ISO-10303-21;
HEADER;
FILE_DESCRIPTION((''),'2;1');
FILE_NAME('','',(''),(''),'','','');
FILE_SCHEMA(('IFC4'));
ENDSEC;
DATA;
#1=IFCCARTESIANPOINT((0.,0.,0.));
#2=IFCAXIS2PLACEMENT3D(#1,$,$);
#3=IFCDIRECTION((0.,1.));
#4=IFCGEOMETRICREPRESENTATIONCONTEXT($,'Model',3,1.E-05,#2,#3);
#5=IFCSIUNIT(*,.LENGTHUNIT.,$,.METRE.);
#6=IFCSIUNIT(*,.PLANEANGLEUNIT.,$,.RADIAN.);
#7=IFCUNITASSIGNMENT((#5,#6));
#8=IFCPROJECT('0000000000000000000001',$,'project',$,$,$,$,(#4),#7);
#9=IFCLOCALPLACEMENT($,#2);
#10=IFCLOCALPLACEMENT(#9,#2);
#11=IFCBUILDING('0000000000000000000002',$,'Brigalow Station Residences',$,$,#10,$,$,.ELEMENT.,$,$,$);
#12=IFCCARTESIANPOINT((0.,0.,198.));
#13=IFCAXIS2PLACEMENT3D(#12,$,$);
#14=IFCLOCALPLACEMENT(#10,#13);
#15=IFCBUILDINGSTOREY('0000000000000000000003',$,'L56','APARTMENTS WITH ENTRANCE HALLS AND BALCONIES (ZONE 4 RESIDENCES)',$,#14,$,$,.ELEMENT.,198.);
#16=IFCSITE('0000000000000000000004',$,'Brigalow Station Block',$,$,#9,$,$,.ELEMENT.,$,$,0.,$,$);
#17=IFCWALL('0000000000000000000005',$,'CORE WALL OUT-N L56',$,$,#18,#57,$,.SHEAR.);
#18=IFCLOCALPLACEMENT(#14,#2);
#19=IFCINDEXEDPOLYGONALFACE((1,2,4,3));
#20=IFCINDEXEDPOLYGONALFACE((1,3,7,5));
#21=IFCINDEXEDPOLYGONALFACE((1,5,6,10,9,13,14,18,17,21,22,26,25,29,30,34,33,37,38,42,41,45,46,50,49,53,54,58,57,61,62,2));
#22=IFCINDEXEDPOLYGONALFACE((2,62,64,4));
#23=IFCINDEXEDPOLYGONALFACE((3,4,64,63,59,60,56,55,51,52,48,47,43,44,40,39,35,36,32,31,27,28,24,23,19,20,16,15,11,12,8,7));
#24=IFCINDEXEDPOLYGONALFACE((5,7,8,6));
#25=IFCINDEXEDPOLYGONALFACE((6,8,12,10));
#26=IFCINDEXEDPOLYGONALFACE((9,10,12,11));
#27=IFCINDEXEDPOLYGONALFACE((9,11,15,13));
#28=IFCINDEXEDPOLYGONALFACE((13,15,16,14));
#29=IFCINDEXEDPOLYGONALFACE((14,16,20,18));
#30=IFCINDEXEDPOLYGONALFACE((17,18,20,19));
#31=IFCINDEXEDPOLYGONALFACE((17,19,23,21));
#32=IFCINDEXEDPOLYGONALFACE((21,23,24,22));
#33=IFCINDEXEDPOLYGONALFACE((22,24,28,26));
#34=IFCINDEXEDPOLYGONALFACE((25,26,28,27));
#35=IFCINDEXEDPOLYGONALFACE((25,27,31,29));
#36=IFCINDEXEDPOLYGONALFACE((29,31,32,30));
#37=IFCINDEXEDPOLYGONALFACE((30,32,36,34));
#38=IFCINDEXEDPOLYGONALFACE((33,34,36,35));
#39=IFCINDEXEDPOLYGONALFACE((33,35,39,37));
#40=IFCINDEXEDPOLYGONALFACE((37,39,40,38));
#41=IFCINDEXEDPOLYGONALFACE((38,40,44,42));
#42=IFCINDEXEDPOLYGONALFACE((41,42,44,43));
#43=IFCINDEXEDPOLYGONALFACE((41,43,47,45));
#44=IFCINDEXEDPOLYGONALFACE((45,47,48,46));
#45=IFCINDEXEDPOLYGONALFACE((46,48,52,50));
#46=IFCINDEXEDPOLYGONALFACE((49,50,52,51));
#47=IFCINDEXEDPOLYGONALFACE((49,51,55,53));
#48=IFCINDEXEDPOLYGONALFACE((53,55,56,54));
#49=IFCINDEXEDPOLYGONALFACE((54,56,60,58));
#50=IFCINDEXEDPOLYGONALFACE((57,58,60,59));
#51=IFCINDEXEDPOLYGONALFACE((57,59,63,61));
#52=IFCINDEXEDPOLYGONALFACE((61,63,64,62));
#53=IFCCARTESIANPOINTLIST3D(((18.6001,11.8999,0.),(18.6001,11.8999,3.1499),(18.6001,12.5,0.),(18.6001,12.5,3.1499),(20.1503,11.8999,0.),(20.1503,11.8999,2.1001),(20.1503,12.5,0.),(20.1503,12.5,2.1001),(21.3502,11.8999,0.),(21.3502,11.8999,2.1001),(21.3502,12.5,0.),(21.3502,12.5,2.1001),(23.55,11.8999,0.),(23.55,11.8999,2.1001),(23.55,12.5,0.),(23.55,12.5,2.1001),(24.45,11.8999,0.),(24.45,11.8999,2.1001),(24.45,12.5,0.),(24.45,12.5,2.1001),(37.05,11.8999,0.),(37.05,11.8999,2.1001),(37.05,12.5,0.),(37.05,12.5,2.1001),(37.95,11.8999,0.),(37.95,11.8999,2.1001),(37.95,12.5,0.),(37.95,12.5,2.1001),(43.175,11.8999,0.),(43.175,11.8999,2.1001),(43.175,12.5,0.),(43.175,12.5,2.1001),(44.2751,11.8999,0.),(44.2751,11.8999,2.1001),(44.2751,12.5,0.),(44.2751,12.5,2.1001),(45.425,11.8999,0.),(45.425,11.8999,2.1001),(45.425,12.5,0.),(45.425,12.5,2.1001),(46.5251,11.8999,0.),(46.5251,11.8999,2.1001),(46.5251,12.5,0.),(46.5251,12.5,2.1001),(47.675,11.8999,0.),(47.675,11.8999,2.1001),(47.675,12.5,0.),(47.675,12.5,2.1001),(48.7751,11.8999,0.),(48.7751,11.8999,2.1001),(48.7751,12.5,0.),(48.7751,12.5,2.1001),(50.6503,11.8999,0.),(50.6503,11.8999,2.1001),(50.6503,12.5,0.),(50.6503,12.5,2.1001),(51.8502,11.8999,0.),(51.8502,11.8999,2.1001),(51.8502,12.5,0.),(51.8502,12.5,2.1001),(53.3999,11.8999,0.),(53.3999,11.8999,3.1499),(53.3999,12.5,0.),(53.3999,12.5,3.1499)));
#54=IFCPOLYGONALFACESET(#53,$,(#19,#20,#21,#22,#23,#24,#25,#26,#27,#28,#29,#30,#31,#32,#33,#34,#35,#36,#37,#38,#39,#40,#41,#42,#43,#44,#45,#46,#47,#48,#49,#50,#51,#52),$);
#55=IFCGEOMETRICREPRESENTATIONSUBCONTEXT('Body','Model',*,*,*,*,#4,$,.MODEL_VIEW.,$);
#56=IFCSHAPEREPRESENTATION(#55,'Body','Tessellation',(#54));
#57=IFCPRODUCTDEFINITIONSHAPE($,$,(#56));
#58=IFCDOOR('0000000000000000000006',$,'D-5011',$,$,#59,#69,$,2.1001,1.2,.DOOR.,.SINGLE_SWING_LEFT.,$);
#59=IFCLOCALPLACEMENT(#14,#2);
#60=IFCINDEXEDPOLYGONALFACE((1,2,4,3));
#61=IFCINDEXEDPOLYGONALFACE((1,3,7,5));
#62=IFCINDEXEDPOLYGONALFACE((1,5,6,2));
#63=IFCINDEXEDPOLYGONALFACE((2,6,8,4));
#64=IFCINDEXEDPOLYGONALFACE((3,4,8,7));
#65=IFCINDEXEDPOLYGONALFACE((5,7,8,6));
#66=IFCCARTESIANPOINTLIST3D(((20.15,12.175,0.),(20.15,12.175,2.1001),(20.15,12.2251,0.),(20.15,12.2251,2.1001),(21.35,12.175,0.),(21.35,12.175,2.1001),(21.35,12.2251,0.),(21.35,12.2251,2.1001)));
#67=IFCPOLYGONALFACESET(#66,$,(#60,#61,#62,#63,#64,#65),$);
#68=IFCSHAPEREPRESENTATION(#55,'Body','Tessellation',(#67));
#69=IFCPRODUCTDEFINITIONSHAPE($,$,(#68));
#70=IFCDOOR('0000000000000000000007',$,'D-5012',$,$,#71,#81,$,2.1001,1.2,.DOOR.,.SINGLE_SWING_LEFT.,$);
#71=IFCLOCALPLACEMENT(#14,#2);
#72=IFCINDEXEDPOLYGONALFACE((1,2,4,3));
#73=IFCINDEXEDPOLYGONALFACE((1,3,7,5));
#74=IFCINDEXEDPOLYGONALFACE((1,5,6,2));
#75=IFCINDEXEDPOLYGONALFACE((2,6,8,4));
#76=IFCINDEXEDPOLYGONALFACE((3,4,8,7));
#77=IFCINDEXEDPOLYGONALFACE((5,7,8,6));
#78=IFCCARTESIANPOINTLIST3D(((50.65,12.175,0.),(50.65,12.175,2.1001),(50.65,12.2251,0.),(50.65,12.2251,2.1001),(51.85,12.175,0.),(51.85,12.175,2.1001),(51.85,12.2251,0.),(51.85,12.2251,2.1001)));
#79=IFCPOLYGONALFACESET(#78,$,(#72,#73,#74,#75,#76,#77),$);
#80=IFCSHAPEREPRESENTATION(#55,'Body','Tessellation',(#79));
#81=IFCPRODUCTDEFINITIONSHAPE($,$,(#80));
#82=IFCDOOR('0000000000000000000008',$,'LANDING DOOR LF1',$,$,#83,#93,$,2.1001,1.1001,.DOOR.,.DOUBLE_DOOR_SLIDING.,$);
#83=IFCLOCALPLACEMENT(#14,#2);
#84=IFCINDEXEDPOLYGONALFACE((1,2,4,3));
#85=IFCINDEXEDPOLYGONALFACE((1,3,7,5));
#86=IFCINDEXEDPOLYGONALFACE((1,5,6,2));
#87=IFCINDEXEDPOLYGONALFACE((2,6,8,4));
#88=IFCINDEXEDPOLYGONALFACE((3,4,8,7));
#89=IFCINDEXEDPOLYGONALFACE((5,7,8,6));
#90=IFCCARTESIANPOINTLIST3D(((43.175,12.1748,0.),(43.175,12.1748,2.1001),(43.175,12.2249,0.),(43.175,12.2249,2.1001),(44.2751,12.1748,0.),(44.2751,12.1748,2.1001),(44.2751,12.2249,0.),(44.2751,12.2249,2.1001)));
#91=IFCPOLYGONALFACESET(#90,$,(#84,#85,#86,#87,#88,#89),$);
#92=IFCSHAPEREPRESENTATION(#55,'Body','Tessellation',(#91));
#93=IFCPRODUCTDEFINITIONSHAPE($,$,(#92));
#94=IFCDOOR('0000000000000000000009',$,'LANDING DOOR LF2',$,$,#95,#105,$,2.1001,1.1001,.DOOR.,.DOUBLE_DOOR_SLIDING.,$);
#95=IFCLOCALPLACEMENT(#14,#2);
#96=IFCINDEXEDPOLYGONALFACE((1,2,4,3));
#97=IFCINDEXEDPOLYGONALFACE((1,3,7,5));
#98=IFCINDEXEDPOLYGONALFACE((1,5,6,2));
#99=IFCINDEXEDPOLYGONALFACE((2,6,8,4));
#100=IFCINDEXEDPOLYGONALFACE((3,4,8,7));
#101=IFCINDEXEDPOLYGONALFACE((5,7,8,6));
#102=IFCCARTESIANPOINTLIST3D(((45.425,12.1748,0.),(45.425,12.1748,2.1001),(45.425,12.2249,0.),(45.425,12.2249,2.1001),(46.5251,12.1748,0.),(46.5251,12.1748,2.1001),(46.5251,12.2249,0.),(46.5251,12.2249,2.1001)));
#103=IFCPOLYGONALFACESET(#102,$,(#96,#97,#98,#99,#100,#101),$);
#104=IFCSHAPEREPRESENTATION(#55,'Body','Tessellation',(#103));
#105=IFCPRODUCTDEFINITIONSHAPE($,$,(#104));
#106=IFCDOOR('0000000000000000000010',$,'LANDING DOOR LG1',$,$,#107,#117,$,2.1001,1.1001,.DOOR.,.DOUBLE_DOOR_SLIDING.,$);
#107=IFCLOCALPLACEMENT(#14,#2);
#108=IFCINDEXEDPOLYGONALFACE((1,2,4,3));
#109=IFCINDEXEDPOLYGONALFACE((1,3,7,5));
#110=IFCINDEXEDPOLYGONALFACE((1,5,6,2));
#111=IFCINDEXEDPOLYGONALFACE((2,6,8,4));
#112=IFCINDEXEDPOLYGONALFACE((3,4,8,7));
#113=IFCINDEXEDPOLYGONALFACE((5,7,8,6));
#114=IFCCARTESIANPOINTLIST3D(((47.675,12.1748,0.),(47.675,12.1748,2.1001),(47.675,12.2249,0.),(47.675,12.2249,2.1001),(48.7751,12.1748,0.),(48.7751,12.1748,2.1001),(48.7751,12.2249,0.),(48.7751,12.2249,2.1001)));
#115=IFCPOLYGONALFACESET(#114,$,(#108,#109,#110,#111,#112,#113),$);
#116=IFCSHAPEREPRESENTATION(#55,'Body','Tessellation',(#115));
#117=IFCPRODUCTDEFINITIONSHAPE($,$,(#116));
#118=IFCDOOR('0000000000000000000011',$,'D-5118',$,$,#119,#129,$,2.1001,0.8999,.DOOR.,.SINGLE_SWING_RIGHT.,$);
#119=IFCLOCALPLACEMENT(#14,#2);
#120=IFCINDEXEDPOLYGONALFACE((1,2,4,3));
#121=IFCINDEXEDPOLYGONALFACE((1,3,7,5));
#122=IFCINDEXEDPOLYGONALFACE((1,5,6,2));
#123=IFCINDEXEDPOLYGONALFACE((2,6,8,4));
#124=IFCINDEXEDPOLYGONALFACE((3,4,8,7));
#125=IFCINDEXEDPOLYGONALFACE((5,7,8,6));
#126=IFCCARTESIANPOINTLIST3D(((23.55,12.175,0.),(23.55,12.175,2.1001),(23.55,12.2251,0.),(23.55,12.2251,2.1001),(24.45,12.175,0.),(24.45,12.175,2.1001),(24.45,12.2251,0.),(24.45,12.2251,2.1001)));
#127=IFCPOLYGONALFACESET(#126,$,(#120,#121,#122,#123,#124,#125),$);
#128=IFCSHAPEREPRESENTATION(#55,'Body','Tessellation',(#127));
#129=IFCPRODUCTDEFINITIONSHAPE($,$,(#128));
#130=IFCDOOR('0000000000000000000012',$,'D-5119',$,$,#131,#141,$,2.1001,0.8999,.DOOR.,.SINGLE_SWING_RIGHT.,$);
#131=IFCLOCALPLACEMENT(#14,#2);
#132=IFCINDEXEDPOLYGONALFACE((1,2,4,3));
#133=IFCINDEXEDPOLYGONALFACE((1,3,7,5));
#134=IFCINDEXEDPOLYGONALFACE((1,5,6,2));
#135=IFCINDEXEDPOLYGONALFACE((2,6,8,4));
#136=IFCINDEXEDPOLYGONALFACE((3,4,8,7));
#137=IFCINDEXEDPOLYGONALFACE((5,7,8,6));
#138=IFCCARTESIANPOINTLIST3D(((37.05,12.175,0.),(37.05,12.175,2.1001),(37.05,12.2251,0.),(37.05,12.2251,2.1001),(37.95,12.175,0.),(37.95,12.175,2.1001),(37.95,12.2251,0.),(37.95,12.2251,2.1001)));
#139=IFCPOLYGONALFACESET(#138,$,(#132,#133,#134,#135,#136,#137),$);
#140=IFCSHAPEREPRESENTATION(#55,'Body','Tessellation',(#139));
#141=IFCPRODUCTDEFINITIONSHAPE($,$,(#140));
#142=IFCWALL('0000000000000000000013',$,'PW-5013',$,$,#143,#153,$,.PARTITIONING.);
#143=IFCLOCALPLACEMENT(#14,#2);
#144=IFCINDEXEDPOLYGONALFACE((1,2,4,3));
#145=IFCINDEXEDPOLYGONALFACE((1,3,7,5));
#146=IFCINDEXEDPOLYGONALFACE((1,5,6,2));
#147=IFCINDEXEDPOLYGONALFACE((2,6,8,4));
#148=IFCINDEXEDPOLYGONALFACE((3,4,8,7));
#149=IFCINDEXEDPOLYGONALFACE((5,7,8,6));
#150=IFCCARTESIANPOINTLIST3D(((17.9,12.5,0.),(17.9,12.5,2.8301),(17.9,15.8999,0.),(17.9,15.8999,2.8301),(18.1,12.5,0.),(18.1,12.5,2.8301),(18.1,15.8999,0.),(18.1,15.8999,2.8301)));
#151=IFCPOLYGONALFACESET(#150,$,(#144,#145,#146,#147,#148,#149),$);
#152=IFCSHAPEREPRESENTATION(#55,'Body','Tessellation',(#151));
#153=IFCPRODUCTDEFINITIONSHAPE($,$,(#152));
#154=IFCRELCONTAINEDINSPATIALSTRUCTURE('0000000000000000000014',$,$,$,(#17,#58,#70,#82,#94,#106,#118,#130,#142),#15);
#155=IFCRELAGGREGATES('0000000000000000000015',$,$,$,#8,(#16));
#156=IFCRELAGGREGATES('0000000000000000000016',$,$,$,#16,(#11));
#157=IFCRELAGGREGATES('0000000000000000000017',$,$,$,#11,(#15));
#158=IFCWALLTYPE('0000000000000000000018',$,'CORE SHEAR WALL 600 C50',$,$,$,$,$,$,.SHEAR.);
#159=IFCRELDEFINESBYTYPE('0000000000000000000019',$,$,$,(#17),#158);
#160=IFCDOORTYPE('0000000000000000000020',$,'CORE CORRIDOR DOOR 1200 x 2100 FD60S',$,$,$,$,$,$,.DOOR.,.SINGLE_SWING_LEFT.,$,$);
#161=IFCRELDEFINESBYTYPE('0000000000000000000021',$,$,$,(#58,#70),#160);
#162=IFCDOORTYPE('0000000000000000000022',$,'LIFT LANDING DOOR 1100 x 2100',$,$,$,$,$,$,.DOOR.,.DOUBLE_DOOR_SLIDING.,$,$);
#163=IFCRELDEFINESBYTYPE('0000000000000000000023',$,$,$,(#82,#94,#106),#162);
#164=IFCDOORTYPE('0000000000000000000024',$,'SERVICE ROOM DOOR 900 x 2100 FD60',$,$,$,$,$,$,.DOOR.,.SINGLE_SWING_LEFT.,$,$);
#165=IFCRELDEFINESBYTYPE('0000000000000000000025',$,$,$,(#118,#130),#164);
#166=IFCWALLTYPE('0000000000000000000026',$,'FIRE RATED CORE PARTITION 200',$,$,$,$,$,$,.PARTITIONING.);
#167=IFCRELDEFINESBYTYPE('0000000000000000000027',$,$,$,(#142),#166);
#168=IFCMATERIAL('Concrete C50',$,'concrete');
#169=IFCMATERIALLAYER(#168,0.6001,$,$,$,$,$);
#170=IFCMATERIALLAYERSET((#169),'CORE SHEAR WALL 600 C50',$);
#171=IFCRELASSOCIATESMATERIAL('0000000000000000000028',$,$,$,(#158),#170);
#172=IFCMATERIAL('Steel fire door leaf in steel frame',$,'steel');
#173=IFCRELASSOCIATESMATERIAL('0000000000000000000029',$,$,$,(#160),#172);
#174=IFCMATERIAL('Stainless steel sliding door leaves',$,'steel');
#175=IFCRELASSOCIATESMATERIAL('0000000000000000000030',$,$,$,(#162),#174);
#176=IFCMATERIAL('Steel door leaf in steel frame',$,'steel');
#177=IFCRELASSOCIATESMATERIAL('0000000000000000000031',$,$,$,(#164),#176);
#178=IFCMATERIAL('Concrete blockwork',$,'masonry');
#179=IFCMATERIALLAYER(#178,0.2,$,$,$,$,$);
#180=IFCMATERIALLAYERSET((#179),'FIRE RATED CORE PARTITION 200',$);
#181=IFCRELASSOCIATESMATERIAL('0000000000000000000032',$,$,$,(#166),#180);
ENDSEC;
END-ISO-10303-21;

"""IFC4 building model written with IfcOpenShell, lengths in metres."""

from ifc_helpers import new_model, si_unit, direction, frame, frame_2d, origin, place, context, subcontext, project, spatial, rectangle, extrude, material, layer, layer_set, type_object, element, fill, save


model = new_model("IFC4")

# Units and contexts
model_context = context("Model", 3, precision=1e-05, world=origin(), true_north=direction((0.0, 1.0)))
body_context = subcontext(model_context, "Body", "Model", "MODEL_VIEW")
ifc_project = project(units=[si_unit("LENGTHUNIT", "METRE"), si_unit("PLANEANGLEUNIT", "RADIAN")], contexts=[model_context])

# Site, building, storey
site_placement = place(None, origin())
site = spatial("IfcSite", under=ifc_project, at=site_placement, Name="Brigalow Station Block", CompositionType="ELEMENT", RefElevation=0.0)
building_placement = place(site_placement, origin())
building = spatial("IfcBuilding", under=site, at=building_placement, Name="Brigalow Station Residences", CompositionType="ELEMENT")
storey_placement = place(building_placement, frame((0.0, 0.0, 198.0)))
storey = spatial("IfcBuildingStorey", under=building, at=storey_placement, Name="L56", Description="APARTMENTS WITH ENTRANCE HALLS AND BALCONIES (ZONE 4 RESIDENCES)", CompositionType="ELEMENT", Elevation=198.0)

# Wall, openings, doors
ifc_material_1 = material(Name="Concrete C50", Category="concrete")
ifc_layer_1 = layer(ifc_material_1, 0.6001)
ifc_layer_set_1 = layer_set([ifc_layer_1], Name="CORE SHEAR WALL 600 C50")
wall_type_1 = type_object("IfcWallType", Name="CORE SHEAR WALL 600 C50", PredefinedType="SHEAR", material=ifc_layer_set_1)
wall_1_placement = place(storey_placement, frame((18.6001, 12.2, 0.0), z_axis=(0.0, 0.0, 1.0), x_axis=(1.0, 0.0, 0.0)))
wall_1 = element("IfcWall", 1, at=wall_1_placement, inside=storey, type_object=wall_type_1, Name="CORE WALL OUT-N L56", PredefinedType="SHEAR", context=body_context, shape_type="SweptSolid", body=[
    extrude(rectangle(XDim=34.7998, YDim=0.6001, at=frame_2d((17.3999, 0.0))), origin(), (0.0, 0.0, 1.0), 3.1499),
])
opening_1_placement = place(wall_1_placement, frame((24.575, 0.0, 0.0)))
opening_1 = element("IfcOpeningElement", 2, at=opening_1_placement, cuts=wall_1, PredefinedType="OPENING", context=body_context, shape_type="SweptSolid", body=[
    extrude(rectangle(XDim=1.1001, YDim=2.1001, at=frame_2d((0.55, 1.05))), frame((0.0, 0.3101, 0.0), z_axis=(0.0, -1.0, 0.0), x_axis=(1.0, 0.0, 0.0)), (0.0, 0.0, 1.0), 0.6201),
])
opening_2_placement = place(wall_1_placement, frame((26.825, 0.0, 0.0)))
opening_2 = element("IfcOpeningElement", 3, at=opening_2_placement, cuts=wall_1, PredefinedType="OPENING", context=body_context, shape_type="SweptSolid", body=[
    extrude(rectangle(XDim=1.1001, YDim=2.1001, at=frame_2d((0.55, 1.05))), frame((0.0, 0.3101, 0.0), z_axis=(0.0, -1.0, 0.0), x_axis=(1.0, 0.0, 0.0)), (0.0, 0.0, 1.0), 0.6201),
])
opening_3_placement = place(wall_1_placement, frame((29.075, 0.0, 0.0)))
opening_3 = element("IfcOpeningElement", 4, at=opening_3_placement, cuts=wall_1, PredefinedType="OPENING", context=body_context, shape_type="SweptSolid", body=[
    extrude(rectangle(XDim=1.1001, YDim=2.1001, at=frame_2d((0.55, 1.05))), frame((0.0, 0.3101, 0.0), z_axis=(0.0, -1.0, 0.0), x_axis=(1.0, 0.0, 0.0)), (0.0, 0.0, 1.0), 0.6201),
])
opening_4_placement = place(wall_1_placement, frame((4.95, 0.0, 0.0)))
opening_4 = element("IfcOpeningElement", 5, at=opening_4_placement, cuts=wall_1, PredefinedType="OPENING", context=body_context, shape_type="SweptSolid", body=[
    extrude(rectangle(XDim=0.8999, YDim=2.1001, at=frame_2d((0.45, 1.05))), frame((0.0, 0.3101, 0.0), z_axis=(0.0, -1.0, 0.0), x_axis=(1.0, 0.0, 0.0)), (0.0, 0.0, 1.0), 0.6201),
])
opening_5_placement = place(wall_1_placement, frame((18.45, 0.0, 0.0)))
opening_5 = element("IfcOpeningElement", 6, at=opening_5_placement, cuts=wall_1, PredefinedType="OPENING", context=body_context, shape_type="SweptSolid", body=[
    extrude(rectangle(XDim=0.8999, YDim=2.1001, at=frame_2d((0.45, 1.05))), frame((0.0, 0.3101, 0.0), z_axis=(0.0, -1.0, 0.0), x_axis=(1.0, 0.0, 0.0)), (0.0, 0.0, 1.0), 0.6201),
])
opening_6_placement = place(wall_1_placement, frame((1.55, 0.0, 0.0)))
opening_6 = element("IfcOpeningElement", 7, at=opening_6_placement, cuts=wall_1, PredefinedType="OPENING", context=body_context, shape_type="SweptSolid", body=[
    extrude(rectangle(XDim=1.2, YDim=2.1001, at=frame_2d((0.6001, 1.05))), frame((0.0, 0.3101, 0.0), z_axis=(0.0, -1.0, 0.0), x_axis=(1.0, 0.0, 0.0)), (0.0, 0.0, 1.0), 0.6201),
])
opening_7_placement = place(wall_1_placement, frame((32.05, 0.0, 0.0)))
opening_7 = element("IfcOpeningElement", 8, at=opening_7_placement, cuts=wall_1, PredefinedType="OPENING", context=body_context, shape_type="SweptSolid", body=[
    extrude(rectangle(XDim=1.2, YDim=2.1001, at=frame_2d((0.6001, 1.05))), frame((0.0, 0.3101, 0.0), z_axis=(0.0, -1.0, 0.0), x_axis=(1.0, 0.0, 0.0)), (0.0, 0.0, 1.0), 0.6201),
])
ifc_material_2 = material(Name="Steel fire door leaf in steel frame", Category="steel")
door_type_1 = type_object("IfcDoorType", Name="CORE CORRIDOR DOOR 1200 x 2100 FD60S", OperationType="SINGLE_SWING_LEFT", PredefinedType="DOOR", material=ifc_material_2)
door_1_placement = place(opening_6_placement, frame((1.2, 0.0, 0.0), z_axis=(0.0, 0.0, 1.0), x_axis=(-1.0, 0.0, 0.0)))
door_1 = element("IfcDoor", 9, at=door_1_placement, inside=storey, type_object=door_type_1, Name="D-5011", OperationType="SINGLE_SWING_LEFT", OverallHeight=2.1001, OverallWidth=1.2, PredefinedType="DOOR", context=body_context, shape_type="SweptSolid", body=[
    extrude(rectangle(XDim=1.2, YDim=2.1001, at=frame_2d((0.6001, 1.05))), frame((0.0, 0.0249, 0.0), z_axis=(0.0, -1.0, 0.0), x_axis=(1.0, 0.0, 0.0)), (0.0, 0.0, 1.0), 0.05),
])
fill(opening_6, door_1)
door_2_placement = place(opening_7_placement, frame((1.2, 0.0, 0.0), z_axis=(0.0, 0.0, 1.0), x_axis=(-1.0, 0.0, 0.0)))
door_2 = element("IfcDoor", 10, at=door_2_placement, inside=storey, type_object=door_type_1, Name="D-5012", OperationType="SINGLE_SWING_LEFT", OverallHeight=2.1001, OverallWidth=1.2, PredefinedType="DOOR", context=body_context, shape_type="SweptSolid", body=[
    extrude(rectangle(XDim=1.2, YDim=2.1001, at=frame_2d((0.6001, 1.05))), frame((0.0, 0.0249, 0.0), z_axis=(0.0, -1.0, 0.0), x_axis=(1.0, 0.0, 0.0)), (0.0, 0.0, 1.0), 0.05),
])
fill(opening_7, door_2)
ifc_material_3 = material(Name="Stainless steel sliding door leaves", Category="steel")
door_type_2 = type_object("IfcDoorType", Name="LIFT LANDING DOOR 1100 x 2100", OperationType="DOUBLE_DOOR_SLIDING", PredefinedType="DOOR", material=ifc_material_3)
door_3_placement = place(opening_1_placement, origin())
door_3 = element("IfcDoor", 11, at=door_3_placement, inside=storey, type_object=door_type_2, Name="LANDING DOOR LF1", OperationType="DOUBLE_DOOR_SLIDING", OverallHeight=2.1001, OverallWidth=1.1001, PredefinedType="DOOR", context=body_context, shape_type="SweptSolid", body=[
    extrude(rectangle(XDim=1.1001, YDim=2.1001, at=frame_2d((0.55, 1.05))), frame((0.0, 0.0249, 0.0), z_axis=(0.0, -1.0, 0.0), x_axis=(1.0, 0.0, 0.0)), (0.0, 0.0, 1.0), 0.05),
])
fill(opening_1, door_3)
door_4_placement = place(opening_2_placement, origin())
door_4 = element("IfcDoor", 12, at=door_4_placement, inside=storey, type_object=door_type_2, Name="LANDING DOOR LF2", OperationType="DOUBLE_DOOR_SLIDING", OverallHeight=2.1001, OverallWidth=1.1001, PredefinedType="DOOR", context=body_context, shape_type="SweptSolid", body=[
    extrude(rectangle(XDim=1.1001, YDim=2.1001, at=frame_2d((0.55, 1.05))), frame((0.0, 0.0249, 0.0), z_axis=(0.0, -1.0, 0.0), x_axis=(1.0, 0.0, 0.0)), (0.0, 0.0, 1.0), 0.05),
])
fill(opening_2, door_4)
door_5_placement = place(opening_3_placement, origin())
door_5 = element("IfcDoor", 13, at=door_5_placement, inside=storey, type_object=door_type_2, Name="LANDING DOOR LG1", OperationType="DOUBLE_DOOR_SLIDING", OverallHeight=2.1001, OverallWidth=1.1001, PredefinedType="DOOR", context=body_context, shape_type="SweptSolid", body=[
    extrude(rectangle(XDim=1.1001, YDim=2.1001, at=frame_2d((0.55, 1.05))), frame((0.0, 0.0249, 0.0), z_axis=(0.0, -1.0, 0.0), x_axis=(1.0, 0.0, 0.0)), (0.0, 0.0, 1.0), 0.05),
])
fill(opening_3, door_5)
ifc_material_4 = material(Name="Steel door leaf in steel frame", Category="steel")
door_type_3 = type_object("IfcDoorType", Name="SERVICE ROOM DOOR 900 x 2100 FD60", OperationType="SINGLE_SWING_LEFT", PredefinedType="DOOR", material=ifc_material_4)
door_6_placement = place(opening_4_placement, frame((0.8999, 0.0, 0.0), z_axis=(0.0, 0.0, 1.0), x_axis=(-1.0, 0.0, 0.0)))
door_6 = element("IfcDoor", 14, at=door_6_placement, inside=storey, type_object=door_type_3, Name="D-5118", OperationType="SINGLE_SWING_RIGHT", OverallHeight=2.1001, OverallWidth=0.8999, PredefinedType="DOOR", context=body_context, shape_type="SweptSolid", body=[
    extrude(rectangle(XDim=0.8999, YDim=2.1001, at=frame_2d((0.45, 1.05))), frame((0.0, 0.0249, 0.0), z_axis=(0.0, -1.0, 0.0), x_axis=(1.0, 0.0, 0.0)), (0.0, 0.0, 1.0), 0.05),
])
fill(opening_4, door_6)
door_7_placement = place(opening_5_placement, frame((0.8999, 0.0, 0.0), z_axis=(0.0, 0.0, 1.0), x_axis=(-1.0, 0.0, 0.0)))
door_7 = element("IfcDoor", 15, at=door_7_placement, inside=storey, type_object=door_type_3, Name="D-5119", OperationType="SINGLE_SWING_RIGHT", OverallHeight=2.1001, OverallWidth=0.8999, PredefinedType="DOOR", context=body_context, shape_type="SweptSolid", body=[
    extrude(rectangle(XDim=0.8999, YDim=2.1001, at=frame_2d((0.45, 1.05))), frame((0.0, 0.0249, 0.0), z_axis=(0.0, -1.0, 0.0), x_axis=(1.0, 0.0, 0.0)), (0.0, 0.0, 1.0), 0.05),
])
fill(opening_5, door_7)

# Wall
ifc_material_5 = material(Name="Concrete blockwork", Category="masonry")
ifc_layer_2 = layer(ifc_material_5, 0.2)
ifc_layer_set_2 = layer_set([ifc_layer_2], Name="FIRE RATED CORE PARTITION 200")
wall_type_2 = type_object("IfcWallType", Name="FIRE RATED CORE PARTITION 200", PredefinedType="PARTITIONING", material=ifc_layer_set_2)
wall_2_placement = place(storey_placement, frame((18.0, 12.5, 0.0), z_axis=(0.0, 0.0, 1.0), x_axis=(0.0, 1.0, 0.0)))
element("IfcWall", 16, at=wall_2_placement, inside=storey, type_object=wall_type_2, Name="PW-5013", PredefinedType="PARTITIONING", context=body_context, shape_type="SweptSolid", body=[
    extrude(rectangle(XDim=3.3999, YDim=0.2, at=frame_2d((1.7, 0.0))), origin(), (0.0, 0.0, 1.0), 2.8301),
])

save(model, "model.ifc")
